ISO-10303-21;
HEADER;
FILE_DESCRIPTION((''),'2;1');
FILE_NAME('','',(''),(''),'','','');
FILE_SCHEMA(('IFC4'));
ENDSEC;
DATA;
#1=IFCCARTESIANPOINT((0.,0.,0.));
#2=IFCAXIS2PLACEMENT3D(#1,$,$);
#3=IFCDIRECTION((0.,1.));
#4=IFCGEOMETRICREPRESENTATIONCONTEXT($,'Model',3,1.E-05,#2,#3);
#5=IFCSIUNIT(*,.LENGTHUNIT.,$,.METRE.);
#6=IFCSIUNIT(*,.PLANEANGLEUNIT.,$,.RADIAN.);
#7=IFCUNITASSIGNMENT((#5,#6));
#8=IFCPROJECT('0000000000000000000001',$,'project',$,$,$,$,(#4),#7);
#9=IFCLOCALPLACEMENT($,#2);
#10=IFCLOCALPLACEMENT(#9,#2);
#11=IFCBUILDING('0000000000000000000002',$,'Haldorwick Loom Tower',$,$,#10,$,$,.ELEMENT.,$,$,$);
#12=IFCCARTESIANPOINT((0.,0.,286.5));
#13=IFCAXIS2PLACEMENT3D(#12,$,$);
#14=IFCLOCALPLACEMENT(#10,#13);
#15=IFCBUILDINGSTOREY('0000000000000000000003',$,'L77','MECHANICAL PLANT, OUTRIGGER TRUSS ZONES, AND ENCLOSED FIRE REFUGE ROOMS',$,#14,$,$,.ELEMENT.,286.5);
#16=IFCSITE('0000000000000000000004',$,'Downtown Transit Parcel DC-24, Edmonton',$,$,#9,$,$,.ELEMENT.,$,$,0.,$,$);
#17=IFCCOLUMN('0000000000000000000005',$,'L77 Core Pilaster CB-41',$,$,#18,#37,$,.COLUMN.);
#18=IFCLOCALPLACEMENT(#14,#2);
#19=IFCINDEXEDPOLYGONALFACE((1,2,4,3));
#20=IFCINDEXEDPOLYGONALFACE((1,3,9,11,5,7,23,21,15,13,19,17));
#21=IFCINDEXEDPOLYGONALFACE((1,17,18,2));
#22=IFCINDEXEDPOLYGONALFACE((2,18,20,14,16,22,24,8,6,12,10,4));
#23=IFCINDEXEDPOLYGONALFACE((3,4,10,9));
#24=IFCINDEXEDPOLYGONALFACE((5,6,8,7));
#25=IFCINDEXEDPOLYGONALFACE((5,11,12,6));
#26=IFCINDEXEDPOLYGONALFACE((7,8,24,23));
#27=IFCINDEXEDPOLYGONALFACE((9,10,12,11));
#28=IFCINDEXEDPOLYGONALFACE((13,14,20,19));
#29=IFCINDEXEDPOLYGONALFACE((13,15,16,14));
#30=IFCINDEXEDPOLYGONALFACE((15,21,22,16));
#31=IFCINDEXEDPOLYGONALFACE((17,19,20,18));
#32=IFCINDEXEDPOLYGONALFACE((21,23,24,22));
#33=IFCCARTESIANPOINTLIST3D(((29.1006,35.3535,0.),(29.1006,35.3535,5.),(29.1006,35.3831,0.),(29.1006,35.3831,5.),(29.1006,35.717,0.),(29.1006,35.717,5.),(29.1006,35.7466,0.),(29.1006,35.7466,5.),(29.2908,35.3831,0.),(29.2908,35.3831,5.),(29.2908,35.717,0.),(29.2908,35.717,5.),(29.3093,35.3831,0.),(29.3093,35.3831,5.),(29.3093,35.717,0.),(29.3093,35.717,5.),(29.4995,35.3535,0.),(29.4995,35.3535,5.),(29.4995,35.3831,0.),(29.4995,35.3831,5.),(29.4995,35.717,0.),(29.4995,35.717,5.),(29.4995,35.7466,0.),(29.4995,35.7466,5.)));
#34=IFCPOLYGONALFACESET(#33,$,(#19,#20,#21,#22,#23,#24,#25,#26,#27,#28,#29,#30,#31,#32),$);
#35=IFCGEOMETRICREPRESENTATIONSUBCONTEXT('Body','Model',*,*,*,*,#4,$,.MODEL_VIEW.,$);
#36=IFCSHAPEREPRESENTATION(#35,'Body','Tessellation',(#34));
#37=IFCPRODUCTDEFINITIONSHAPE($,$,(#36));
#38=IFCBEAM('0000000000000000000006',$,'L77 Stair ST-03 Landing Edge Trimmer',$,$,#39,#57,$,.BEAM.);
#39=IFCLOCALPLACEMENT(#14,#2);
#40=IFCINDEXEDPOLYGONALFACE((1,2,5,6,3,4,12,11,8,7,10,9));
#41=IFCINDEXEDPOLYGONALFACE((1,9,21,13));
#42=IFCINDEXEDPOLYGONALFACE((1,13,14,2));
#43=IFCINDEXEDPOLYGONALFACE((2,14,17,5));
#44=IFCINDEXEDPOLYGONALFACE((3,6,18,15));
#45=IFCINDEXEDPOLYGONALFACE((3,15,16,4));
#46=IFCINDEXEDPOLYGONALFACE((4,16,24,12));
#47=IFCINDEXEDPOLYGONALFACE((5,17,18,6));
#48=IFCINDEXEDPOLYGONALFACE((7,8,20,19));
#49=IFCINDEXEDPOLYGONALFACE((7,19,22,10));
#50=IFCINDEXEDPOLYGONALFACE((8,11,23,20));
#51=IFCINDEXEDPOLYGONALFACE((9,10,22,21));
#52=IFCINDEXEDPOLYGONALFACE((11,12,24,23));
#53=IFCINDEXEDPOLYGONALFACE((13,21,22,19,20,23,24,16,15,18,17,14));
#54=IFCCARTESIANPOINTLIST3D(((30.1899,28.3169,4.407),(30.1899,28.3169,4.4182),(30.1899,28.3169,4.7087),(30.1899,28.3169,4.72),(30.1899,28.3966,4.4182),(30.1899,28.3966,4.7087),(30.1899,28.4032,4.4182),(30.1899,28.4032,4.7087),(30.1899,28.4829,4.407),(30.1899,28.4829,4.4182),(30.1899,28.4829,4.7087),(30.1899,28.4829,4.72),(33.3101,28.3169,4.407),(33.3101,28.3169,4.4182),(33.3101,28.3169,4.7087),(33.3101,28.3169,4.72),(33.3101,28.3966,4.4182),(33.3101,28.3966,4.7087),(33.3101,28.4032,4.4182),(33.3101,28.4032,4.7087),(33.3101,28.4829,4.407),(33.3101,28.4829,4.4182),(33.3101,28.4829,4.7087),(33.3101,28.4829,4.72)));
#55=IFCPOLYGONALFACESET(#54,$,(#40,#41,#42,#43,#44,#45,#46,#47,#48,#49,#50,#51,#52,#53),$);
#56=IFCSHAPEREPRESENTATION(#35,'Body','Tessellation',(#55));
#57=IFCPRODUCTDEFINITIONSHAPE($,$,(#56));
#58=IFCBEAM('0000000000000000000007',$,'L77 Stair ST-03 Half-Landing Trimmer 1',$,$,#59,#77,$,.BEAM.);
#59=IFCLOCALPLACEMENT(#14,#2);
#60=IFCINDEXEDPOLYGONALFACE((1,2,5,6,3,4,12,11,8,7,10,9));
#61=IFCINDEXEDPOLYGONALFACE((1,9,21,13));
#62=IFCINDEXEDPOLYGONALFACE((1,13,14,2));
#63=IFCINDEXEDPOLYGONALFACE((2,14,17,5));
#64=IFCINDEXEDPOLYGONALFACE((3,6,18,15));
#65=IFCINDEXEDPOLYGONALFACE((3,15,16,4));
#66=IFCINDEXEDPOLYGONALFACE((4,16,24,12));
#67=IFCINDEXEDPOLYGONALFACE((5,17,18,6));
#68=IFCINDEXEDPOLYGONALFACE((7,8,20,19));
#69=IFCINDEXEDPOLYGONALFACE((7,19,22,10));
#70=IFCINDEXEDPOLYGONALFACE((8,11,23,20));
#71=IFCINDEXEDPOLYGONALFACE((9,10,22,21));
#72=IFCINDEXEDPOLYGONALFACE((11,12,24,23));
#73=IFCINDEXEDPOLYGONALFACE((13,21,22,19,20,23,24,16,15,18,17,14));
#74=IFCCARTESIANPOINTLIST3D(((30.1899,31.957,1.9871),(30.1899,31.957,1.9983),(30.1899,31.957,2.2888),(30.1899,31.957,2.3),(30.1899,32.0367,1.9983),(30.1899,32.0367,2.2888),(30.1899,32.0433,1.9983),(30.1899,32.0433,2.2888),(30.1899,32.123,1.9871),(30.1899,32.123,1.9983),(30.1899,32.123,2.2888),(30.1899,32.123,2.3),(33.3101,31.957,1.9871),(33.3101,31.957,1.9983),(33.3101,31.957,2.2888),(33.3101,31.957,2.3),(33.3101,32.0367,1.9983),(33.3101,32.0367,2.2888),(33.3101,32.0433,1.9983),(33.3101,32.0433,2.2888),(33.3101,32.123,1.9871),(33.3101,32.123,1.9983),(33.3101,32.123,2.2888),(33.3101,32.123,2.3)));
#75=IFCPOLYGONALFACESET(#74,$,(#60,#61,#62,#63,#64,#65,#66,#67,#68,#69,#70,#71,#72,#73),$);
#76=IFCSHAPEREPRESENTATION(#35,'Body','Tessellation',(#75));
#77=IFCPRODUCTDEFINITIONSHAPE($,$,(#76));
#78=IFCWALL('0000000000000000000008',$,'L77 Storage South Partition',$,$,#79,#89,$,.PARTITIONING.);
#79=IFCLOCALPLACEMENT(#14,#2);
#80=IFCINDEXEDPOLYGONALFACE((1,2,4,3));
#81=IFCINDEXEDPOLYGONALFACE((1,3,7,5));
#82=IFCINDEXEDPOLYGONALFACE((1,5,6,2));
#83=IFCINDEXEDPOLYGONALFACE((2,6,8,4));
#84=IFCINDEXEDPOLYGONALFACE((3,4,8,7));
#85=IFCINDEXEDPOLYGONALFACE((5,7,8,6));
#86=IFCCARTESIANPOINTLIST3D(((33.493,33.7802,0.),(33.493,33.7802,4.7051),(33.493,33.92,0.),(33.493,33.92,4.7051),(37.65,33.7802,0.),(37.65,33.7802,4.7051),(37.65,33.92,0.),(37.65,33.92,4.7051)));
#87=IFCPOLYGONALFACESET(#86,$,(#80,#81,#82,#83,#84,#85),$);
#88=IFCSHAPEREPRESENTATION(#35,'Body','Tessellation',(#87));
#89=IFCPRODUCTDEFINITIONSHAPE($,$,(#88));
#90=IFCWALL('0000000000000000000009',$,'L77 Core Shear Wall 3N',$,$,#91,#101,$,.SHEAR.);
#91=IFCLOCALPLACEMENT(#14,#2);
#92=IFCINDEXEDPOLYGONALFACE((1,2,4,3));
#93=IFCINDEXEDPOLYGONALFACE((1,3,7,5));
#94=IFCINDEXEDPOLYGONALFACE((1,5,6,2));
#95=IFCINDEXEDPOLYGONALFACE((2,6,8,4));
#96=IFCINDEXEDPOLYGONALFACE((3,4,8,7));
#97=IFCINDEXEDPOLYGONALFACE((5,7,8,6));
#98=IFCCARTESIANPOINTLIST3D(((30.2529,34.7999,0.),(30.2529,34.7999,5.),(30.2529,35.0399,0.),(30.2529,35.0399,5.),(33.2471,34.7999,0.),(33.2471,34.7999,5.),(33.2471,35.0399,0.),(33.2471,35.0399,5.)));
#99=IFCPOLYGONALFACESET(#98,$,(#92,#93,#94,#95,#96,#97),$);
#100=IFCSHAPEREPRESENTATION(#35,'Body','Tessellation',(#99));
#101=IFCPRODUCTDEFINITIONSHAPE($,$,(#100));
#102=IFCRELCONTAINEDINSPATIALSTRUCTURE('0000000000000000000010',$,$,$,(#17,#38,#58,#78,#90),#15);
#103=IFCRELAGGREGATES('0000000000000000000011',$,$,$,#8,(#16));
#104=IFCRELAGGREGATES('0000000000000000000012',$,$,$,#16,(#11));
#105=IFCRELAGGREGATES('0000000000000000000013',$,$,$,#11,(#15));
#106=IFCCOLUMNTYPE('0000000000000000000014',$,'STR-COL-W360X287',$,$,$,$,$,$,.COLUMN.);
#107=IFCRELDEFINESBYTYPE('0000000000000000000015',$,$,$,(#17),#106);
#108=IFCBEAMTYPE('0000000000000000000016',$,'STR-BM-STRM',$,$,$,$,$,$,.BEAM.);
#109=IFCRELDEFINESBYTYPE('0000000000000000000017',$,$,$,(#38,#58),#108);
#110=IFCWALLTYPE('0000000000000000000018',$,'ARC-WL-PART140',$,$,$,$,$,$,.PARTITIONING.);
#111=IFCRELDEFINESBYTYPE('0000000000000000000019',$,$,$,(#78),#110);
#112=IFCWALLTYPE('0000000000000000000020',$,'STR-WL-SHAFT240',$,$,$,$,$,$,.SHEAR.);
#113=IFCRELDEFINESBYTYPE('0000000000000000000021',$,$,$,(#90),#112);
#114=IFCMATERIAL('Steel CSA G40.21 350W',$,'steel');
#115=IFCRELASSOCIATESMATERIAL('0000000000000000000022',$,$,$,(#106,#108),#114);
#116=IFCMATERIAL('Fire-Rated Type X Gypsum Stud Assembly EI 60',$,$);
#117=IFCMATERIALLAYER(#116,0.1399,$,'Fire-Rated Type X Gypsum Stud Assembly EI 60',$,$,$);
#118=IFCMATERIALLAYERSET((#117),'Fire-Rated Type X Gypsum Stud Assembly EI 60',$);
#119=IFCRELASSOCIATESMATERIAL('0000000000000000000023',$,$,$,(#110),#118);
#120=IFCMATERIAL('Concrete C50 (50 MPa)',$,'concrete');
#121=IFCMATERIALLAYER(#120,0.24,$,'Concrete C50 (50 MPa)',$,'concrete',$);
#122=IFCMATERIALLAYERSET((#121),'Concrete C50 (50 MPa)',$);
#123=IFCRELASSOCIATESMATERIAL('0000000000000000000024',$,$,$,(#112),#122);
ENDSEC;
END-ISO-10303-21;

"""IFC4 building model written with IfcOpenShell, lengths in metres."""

from ifc_helpers import new_model, si_unit, direction, frame, frame_2d, origin, origin_2d, place, context, subcontext, project, spatial, rectangle, i_section, extrude, material, layer, layer_set, material_profile, profile_set, type_object, element, save


model = new_model("IFC4")

# Units and contexts
model_context = context("Model", 3, precision=1e-05, world=origin(), true_north=direction((0.0, 1.0)))
body_context = subcontext(model_context, "Body", "Model", "MODEL_VIEW")
ifc_project = project(units=[si_unit("LENGTHUNIT", "METRE"), si_unit("PLANEANGLEUNIT", "RADIAN")], contexts=[model_context])

# Site, building, storey
site_placement = place(None, origin())
site = spatial("IfcSite", under=ifc_project, at=site_placement, Name="Downtown Transit Parcel DC-24, Edmonton", CompositionType="ELEMENT", RefElevation=0.0)
building_placement = place(site_placement, origin())
building = spatial("IfcBuilding", under=site, at=building_placement, Name="Haldorwick Loom Tower", CompositionType="ELEMENT")
storey_placement = place(building_placement, frame((0.0, 0.0, 286.5)))
storey = spatial("IfcBuildingStorey", under=building, at=storey_placement, Name="L77", Description="MECHANICAL PLANT, OUTRIGGER TRUSS ZONES, AND ENCLOSED FIRE REFUGE ROOMS", CompositionType="ELEMENT", Elevation=286.5)

# Column
ifc_material_1 = material(Name="Steel CSA G40.21 350W", Category="steel")
ifc_material_profile_1 = material_profile(ifc_material_1, i_section(OverallWidth=0.3989, OverallDepth=0.3931, WebThickness=0.0186, FlangeThickness=0.0295, at=origin_2d()), Name="W360X287", Category="steel")
ifc_profile_set_1 = profile_set([ifc_material_profile_1], Name="Steel CSA G40.21 350W")
column_type = type_object("IfcColumnType", Name="STR-COL-W360X287", PredefinedType="COLUMN", material=ifc_profile_set_1)
column_placement = place(storey_placement, frame((29.3, 35.55, 0.0), z_axis=(0.0, 0.0, 1.0), x_axis=(1.0, 0.0, 0.0)))
element("IfcColumn", 1, at=column_placement, inside=storey, type_object=column_type, Name="L77 Core Pilaster CB-41", PredefinedType="COLUMN", context=body_context, shape_type="SweptSolid", body=[
    extrude(i_section(OverallWidth=0.3989, OverallDepth=0.3931, WebThickness=0.0186, FlangeThickness=0.0295, at=origin_2d()), origin(), (0.0, 0.0, 1.0), 5.0),
])

# Beams
ifc_material_profile_2 = material_profile(ifc_material_1, i_section(OverallWidth=0.166, OverallDepth=0.313, WebThickness=0.0066, FlangeThickness=0.0112, at=origin_2d()), Name="W310X45", Category="steel")
ifc_profile_set_2 = profile_set([ifc_material_profile_2], Name="Steel CSA G40.21 350W")
beam_type = type_object("IfcBeamType", Name="STR-BM-STRM", PredefinedType="BEAM", material=ifc_profile_set_2)
for number, where, z_axis, x_axis, name in (
    (2, (30.1899, 28.3999, 4.5635), (1.0, 0.0, 0.0), (0.0, 1.0, 0.0), "L77 Stair ST-03 Landing Edge Trimmer"),
    (3, (30.1899, 32.04, 2.1436), (1.0, 0.0, 0.0), (0.0, 1.0, 0.0), "L77 Stair ST-03 Half-Landing Trimmer 1"),
):
    element("IfcBeam", number, at=place(storey_placement, frame(where, z_axis=z_axis, x_axis=x_axis)), inside=storey, type_object=beam_type, Name=name, PredefinedType="BEAM", context=body_context, shape_type="SweptSolid", body=[
        extrude(i_section(OverallWidth=0.166, OverallDepth=0.313, WebThickness=0.0066, FlangeThickness=0.0112, at=origin_2d()), origin(), (0.0, 0.0, 1.0), 3.1201),
    ])

# Walls
ifc_material_2 = material(Name="Fire-Rated Type X Gypsum Stud Assembly EI 60")
ifc_layer_1 = layer(ifc_material_2, 0.1399, Name="Fire-Rated Type X Gypsum Stud Assembly EI 60")
ifc_layer_set_1 = layer_set([ifc_layer_1], Name="Fire-Rated Type X Gypsum Stud Assembly EI 60")
wall_type_1 = type_object("IfcWallType", Name="ARC-WL-PART140", PredefinedType="PARTITIONING", material=ifc_layer_set_1)
wall_1_placement = place(storey_placement, frame((33.4929, 33.8501, 0.0), z_axis=(0.0, 0.0, 1.0), x_axis=(1.0, 0.0, 0.0)))
element("IfcWall", 4, at=wall_1_placement, inside=storey, type_object=wall_type_1, Name="L77 Storage South Partition", PredefinedType="PARTITIONING", context=body_context, shape_type="SweptSolid", body=[
    extrude(rectangle(XDim=4.157, YDim=0.1399, at=frame_2d((2.0786, 0.0))), origin(), (0.0, 0.0, 1.0), 4.7051),
])
ifc_material_3 = material(Name="Concrete C50 (50 MPa)", Category="concrete")
ifc_layer_2 = layer(ifc_material_3, 0.24, Name="Concrete C50 (50 MPa)", Category="concrete")
ifc_layer_set_2 = layer_set([ifc_layer_2], Name="Concrete C50 (50 MPa)")
wall_type_2 = type_object("IfcWallType", Name="STR-WL-SHAFT240", PredefinedType="SHEAR", material=ifc_layer_set_2)
wall_2_placement = place(storey_placement, frame((30.2529, 34.9199, 0.0), z_axis=(0.0, 0.0, 1.0), x_axis=(1.0, 0.0, 0.0)))
element("IfcWall", 5, at=wall_2_placement, inside=storey, type_object=wall_type_2, Name="L77 Core Shear Wall 3N", PredefinedType="SHEAR", context=body_context, shape_type="SweptSolid", body=[
    extrude(rectangle(XDim=2.9941, YDim=0.24, at=frame_2d((1.4971, 0.0))), origin(), (0.0, 0.0, 1.0), 5.0),
])

save(model, "model.ifc")
